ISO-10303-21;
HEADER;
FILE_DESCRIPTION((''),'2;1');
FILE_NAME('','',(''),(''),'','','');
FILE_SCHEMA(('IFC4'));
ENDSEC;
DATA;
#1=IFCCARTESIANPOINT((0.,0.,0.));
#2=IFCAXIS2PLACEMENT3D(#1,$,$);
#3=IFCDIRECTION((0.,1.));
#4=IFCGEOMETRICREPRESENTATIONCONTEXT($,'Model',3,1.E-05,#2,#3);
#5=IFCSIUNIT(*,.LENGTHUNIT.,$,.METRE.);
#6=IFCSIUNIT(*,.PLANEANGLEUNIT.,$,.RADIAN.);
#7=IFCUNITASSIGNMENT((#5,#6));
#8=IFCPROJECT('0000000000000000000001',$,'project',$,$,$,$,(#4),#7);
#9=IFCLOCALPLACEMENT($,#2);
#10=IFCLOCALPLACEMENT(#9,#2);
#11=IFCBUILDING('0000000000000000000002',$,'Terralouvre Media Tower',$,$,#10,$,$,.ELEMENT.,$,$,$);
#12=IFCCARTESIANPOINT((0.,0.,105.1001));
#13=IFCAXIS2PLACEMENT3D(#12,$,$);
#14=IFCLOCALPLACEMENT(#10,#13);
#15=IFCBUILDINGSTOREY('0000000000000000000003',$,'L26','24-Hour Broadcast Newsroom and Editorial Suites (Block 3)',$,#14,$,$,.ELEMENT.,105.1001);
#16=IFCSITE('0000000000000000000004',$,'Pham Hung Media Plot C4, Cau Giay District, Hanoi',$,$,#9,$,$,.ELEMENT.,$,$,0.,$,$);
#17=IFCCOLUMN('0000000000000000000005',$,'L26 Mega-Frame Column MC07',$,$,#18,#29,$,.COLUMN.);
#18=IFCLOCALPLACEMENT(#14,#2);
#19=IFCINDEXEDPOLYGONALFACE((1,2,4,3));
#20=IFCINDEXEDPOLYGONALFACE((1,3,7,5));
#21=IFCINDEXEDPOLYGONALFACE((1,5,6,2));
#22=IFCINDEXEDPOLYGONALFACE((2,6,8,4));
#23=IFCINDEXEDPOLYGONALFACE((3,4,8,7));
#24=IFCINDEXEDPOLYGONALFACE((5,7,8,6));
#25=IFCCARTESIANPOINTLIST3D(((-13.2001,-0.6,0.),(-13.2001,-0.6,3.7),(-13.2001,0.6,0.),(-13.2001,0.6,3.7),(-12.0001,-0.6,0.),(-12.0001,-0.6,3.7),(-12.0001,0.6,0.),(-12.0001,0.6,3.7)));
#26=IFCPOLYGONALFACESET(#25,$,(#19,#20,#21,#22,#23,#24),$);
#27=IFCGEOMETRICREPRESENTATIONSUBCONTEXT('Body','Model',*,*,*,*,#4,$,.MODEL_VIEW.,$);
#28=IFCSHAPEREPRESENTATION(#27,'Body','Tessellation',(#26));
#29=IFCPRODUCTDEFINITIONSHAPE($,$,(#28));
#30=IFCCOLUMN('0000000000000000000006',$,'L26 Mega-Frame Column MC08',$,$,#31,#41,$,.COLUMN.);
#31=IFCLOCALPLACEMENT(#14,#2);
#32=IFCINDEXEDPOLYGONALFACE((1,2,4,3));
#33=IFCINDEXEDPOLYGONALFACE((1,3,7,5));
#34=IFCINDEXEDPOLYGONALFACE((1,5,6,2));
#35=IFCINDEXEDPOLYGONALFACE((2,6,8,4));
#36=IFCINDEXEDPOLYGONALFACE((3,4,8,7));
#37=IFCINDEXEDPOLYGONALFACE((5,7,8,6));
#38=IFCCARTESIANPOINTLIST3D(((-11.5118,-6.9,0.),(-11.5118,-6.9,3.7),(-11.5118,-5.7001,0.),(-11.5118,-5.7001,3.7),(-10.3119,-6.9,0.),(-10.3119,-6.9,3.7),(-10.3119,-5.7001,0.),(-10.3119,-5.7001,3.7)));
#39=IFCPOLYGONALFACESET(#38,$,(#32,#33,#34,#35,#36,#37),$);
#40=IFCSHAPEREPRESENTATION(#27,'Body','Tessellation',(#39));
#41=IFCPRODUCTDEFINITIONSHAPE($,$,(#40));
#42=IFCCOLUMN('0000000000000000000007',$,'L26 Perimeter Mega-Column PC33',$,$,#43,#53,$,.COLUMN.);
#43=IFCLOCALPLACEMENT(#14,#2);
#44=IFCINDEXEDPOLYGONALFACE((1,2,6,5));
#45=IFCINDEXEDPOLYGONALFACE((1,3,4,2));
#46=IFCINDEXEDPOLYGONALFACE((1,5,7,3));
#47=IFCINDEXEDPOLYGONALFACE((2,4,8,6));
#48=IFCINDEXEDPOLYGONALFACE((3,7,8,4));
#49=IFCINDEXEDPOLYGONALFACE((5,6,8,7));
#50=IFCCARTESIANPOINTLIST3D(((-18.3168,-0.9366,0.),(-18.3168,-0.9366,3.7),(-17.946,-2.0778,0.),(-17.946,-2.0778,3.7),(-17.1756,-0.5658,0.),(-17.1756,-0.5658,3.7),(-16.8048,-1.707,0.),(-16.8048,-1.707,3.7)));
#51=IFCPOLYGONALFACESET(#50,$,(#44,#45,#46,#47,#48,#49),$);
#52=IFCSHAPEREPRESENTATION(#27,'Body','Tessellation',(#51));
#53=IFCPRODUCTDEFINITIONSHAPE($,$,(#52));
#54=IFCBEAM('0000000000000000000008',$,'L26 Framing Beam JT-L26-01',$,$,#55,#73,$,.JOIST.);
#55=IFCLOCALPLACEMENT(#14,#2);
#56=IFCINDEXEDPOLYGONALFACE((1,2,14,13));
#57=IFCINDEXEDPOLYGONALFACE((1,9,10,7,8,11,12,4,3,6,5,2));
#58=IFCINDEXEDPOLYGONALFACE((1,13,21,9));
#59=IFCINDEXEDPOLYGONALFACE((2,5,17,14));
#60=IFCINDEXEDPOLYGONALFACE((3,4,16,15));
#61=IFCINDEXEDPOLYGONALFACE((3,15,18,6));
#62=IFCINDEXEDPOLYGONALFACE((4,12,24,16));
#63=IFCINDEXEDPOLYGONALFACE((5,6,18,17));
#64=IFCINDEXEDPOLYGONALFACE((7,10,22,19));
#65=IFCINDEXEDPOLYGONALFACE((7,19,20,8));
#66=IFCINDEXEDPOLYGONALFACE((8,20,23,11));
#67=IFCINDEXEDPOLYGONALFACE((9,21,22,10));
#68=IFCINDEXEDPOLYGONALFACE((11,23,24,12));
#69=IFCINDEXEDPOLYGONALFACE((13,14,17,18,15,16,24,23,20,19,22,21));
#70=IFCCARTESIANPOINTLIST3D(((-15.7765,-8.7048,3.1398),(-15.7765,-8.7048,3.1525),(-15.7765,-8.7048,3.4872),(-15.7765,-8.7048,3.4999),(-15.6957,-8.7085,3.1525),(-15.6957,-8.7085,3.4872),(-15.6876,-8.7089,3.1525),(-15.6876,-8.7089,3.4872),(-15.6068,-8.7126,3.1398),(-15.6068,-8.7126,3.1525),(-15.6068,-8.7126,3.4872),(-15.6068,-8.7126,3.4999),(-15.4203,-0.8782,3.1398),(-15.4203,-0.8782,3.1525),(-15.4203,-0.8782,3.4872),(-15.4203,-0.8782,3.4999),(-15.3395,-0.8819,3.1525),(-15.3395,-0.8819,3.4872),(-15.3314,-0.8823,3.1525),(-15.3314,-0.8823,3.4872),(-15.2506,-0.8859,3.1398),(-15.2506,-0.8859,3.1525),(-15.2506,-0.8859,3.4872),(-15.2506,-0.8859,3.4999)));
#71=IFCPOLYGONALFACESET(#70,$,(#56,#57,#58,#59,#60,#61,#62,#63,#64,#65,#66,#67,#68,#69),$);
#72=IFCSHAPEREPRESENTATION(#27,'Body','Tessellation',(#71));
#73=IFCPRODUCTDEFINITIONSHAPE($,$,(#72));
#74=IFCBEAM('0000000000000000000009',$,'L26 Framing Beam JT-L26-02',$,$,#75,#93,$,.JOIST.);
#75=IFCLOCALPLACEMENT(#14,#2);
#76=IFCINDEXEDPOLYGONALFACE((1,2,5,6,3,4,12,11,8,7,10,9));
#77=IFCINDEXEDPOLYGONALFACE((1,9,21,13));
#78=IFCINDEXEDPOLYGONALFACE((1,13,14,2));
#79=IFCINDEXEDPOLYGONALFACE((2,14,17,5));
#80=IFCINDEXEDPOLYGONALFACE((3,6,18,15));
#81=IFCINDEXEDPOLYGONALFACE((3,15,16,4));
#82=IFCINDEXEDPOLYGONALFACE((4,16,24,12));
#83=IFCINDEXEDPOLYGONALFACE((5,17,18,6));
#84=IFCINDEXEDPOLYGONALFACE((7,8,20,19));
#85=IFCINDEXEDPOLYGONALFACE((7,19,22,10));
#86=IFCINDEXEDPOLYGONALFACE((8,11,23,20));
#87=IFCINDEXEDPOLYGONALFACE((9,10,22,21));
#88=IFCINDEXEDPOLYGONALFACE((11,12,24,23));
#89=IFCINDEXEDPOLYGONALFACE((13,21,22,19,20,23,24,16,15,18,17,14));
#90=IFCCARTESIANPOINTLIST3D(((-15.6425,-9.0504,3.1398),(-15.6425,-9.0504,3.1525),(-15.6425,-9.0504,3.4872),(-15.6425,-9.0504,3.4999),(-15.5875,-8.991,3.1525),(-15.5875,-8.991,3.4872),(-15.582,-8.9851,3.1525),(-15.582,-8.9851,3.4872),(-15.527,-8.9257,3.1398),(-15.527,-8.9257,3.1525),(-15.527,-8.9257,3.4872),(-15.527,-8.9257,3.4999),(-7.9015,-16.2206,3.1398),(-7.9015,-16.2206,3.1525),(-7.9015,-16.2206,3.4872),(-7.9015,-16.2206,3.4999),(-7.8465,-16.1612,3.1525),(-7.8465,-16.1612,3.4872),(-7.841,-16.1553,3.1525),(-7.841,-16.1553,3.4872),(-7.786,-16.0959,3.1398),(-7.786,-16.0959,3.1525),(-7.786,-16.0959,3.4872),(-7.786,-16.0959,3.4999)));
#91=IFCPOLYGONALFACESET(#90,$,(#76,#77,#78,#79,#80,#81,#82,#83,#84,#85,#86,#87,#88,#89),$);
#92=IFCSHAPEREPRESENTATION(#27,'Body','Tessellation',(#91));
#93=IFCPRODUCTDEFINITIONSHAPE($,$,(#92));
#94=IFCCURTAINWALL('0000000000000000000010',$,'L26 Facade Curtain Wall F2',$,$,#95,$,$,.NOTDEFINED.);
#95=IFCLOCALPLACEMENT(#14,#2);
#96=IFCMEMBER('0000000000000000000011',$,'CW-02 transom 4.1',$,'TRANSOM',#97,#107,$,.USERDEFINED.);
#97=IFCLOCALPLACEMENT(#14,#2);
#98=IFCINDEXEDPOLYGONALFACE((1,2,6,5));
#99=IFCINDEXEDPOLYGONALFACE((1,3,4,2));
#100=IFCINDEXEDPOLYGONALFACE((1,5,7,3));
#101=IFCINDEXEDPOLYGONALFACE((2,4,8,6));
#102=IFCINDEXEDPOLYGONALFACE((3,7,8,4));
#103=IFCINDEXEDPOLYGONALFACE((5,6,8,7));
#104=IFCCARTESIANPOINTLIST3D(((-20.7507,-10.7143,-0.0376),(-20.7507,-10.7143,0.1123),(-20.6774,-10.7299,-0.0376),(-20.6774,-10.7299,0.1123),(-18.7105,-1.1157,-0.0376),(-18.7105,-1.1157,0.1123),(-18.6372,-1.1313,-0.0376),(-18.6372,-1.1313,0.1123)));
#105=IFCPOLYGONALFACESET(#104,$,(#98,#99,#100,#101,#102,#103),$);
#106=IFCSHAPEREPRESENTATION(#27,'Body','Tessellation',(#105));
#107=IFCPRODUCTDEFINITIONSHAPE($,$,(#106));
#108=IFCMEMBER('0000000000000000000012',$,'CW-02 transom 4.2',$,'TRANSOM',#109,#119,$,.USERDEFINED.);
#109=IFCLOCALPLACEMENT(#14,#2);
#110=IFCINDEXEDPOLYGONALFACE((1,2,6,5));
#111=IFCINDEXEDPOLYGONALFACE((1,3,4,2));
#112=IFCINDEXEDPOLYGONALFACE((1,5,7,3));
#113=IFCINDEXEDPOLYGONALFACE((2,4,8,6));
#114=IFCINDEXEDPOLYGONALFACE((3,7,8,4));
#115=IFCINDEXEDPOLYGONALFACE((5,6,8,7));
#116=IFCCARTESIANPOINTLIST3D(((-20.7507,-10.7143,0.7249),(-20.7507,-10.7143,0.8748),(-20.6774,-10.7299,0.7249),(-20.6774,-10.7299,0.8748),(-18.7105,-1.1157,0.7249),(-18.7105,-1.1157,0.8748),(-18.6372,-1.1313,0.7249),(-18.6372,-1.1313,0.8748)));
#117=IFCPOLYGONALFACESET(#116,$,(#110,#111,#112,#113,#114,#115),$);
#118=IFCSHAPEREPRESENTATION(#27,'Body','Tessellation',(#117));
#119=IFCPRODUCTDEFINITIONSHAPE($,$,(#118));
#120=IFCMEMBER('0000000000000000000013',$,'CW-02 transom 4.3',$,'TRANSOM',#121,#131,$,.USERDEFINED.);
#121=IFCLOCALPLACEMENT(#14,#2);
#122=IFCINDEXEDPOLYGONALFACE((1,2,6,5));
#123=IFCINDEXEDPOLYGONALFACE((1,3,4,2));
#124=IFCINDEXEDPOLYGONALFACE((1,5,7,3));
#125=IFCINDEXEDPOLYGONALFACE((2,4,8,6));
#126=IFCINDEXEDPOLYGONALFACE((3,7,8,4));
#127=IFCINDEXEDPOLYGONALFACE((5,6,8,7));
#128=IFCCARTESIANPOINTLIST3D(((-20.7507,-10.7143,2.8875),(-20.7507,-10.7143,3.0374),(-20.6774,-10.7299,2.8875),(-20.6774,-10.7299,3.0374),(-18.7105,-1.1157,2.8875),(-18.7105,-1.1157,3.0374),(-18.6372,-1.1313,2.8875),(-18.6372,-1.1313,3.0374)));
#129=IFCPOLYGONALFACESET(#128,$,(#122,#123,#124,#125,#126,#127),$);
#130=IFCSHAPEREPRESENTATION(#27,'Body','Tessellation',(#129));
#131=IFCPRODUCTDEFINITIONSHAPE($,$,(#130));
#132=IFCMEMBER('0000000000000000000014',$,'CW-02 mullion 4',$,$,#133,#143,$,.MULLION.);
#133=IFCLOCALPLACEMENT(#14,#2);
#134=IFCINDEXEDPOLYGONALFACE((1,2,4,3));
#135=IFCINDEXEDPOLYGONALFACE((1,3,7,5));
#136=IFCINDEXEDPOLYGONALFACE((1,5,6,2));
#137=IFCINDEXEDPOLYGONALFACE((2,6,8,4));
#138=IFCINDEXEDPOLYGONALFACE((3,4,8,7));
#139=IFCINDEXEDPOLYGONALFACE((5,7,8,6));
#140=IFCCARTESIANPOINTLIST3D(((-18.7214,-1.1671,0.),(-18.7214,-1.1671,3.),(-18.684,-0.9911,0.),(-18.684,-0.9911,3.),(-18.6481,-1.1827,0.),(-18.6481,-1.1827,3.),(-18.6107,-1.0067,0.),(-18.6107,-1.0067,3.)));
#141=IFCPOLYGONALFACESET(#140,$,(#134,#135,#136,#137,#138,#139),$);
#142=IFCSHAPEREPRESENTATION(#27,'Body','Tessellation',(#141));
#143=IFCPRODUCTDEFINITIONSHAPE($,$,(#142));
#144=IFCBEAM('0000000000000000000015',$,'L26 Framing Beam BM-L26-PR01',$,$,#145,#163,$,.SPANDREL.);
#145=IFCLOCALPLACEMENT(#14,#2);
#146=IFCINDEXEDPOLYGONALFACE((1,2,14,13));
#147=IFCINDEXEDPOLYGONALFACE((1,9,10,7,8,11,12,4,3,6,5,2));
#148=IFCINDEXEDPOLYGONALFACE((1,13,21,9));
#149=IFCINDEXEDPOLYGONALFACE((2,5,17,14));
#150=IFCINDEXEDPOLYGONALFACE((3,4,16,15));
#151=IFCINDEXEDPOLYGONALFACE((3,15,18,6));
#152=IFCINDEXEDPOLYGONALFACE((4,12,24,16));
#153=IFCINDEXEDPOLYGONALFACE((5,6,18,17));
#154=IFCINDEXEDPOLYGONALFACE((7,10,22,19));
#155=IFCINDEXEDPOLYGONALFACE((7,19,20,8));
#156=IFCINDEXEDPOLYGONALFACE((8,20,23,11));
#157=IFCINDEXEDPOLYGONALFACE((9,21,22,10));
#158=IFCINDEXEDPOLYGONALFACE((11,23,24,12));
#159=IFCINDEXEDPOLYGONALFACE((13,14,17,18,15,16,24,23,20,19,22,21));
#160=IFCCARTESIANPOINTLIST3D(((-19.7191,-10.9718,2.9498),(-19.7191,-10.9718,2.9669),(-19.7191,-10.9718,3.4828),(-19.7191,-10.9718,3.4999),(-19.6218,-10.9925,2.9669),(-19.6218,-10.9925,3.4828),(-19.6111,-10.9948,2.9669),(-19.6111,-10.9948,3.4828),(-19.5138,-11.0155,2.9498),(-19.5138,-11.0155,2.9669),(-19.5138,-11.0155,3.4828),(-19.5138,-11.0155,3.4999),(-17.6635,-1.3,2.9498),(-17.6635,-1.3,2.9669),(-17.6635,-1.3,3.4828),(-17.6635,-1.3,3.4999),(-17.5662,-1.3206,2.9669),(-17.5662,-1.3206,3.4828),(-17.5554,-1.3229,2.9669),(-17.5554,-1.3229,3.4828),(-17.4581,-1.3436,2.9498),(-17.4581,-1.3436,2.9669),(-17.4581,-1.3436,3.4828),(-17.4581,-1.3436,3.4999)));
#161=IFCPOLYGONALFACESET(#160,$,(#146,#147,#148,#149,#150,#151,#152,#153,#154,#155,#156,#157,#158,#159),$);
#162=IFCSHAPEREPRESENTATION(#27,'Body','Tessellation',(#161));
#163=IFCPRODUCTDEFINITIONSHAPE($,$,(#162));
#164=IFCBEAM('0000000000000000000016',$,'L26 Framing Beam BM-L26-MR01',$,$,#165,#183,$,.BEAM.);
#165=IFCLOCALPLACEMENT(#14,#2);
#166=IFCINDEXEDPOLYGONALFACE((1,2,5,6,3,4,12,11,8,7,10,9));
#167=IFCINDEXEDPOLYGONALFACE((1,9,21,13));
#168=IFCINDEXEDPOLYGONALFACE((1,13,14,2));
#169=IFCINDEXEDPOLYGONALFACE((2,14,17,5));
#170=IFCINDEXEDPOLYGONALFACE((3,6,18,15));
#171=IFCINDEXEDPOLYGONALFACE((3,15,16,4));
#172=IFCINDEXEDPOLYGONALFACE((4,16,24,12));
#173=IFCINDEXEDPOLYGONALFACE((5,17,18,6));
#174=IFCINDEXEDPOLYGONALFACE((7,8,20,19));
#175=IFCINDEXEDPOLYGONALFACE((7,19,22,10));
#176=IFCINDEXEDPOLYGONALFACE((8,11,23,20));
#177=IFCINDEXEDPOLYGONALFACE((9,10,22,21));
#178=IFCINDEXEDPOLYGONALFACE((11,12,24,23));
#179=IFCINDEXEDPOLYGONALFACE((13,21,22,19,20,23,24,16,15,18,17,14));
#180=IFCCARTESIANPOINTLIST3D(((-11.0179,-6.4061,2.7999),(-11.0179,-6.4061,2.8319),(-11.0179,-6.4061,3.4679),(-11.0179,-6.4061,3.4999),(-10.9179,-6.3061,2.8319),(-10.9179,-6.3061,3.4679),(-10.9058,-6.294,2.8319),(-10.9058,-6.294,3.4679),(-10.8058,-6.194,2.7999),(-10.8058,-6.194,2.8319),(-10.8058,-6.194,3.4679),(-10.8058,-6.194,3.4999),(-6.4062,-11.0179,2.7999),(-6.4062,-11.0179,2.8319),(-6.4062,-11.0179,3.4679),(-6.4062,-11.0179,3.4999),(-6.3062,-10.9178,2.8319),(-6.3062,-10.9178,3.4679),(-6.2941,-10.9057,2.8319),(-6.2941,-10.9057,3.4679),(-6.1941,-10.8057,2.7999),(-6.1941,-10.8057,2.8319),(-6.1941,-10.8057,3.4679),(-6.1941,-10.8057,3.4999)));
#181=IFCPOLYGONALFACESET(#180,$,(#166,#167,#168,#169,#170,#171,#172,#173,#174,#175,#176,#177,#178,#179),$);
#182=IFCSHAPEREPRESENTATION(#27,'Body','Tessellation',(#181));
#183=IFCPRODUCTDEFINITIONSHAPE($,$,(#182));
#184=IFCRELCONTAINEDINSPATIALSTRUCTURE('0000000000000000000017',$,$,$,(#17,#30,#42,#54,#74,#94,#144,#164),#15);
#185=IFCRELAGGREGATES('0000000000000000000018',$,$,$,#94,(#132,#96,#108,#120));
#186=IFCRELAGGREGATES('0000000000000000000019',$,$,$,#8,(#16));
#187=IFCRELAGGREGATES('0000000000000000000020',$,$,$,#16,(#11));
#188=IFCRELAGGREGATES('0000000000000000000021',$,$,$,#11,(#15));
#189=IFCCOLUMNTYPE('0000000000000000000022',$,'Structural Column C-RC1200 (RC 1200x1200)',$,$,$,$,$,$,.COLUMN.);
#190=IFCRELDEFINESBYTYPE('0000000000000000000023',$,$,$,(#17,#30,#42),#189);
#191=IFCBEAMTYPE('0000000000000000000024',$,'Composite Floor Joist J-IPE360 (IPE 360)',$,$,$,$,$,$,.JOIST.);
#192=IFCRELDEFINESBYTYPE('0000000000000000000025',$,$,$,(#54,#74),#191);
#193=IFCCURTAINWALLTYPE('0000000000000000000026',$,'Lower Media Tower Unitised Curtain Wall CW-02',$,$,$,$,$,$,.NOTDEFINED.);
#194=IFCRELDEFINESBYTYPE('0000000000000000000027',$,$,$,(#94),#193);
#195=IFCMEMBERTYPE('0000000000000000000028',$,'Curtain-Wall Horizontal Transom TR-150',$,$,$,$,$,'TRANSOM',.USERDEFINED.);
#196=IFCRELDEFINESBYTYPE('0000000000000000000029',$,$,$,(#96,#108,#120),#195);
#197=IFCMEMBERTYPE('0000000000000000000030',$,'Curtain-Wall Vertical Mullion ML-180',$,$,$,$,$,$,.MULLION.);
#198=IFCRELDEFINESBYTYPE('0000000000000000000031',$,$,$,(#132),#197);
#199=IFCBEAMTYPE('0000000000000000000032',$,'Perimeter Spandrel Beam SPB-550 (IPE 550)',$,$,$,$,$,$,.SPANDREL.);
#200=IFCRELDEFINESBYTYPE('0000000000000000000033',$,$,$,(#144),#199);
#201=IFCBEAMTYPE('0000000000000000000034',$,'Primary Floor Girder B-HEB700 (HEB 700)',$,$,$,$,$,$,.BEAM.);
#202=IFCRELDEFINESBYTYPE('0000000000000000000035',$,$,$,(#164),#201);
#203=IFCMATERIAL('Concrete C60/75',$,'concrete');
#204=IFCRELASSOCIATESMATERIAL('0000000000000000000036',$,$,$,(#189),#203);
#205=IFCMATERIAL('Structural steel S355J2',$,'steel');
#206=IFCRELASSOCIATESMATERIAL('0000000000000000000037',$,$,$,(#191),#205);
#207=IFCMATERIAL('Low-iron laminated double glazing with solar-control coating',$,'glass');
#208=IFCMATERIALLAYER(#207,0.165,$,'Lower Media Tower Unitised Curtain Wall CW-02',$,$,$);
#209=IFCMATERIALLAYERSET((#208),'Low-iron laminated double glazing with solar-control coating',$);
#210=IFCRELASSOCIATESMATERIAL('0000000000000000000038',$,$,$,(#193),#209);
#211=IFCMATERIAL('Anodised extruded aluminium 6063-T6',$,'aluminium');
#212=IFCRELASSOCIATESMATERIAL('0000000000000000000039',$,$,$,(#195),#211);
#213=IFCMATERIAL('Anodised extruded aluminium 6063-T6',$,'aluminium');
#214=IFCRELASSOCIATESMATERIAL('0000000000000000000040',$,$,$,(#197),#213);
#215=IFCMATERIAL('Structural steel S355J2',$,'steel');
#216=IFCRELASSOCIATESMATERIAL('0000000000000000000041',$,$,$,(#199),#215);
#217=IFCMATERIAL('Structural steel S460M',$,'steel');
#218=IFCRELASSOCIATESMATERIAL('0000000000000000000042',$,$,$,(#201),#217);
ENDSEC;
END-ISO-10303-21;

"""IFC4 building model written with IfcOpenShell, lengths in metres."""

from ifc_helpers import new_model, si_unit, direction, frame, origin, origin_2d, place, context, subcontext, project, spatial, rectangle, i_section, extrude, material, layer, layer_set, material_profile, profile_set, type_object, element, aggregate, save


model = new_model("IFC4")

# Units and contexts
model_context = context("Model", 3, precision=1e-05, world=origin(), true_north=direction((0.0, 1.0)))
body_context = subcontext(model_context, "Body", "Model", "MODEL_VIEW")
ifc_project = project(units=[si_unit("LENGTHUNIT", "METRE"), si_unit("PLANEANGLEUNIT", "RADIAN")], contexts=[model_context])

# Site, building, storey
site_placement = place(None, origin())
site = spatial("IfcSite", under=ifc_project, at=site_placement, Name="Pham Hung Media Plot C4, Cau Giay District, Hanoi", CompositionType="ELEMENT", RefElevation=0.0)
building_placement = place(site_placement, origin())
building = spatial("IfcBuilding", under=site, at=building_placement, Name="Terralouvre Media Tower", CompositionType="ELEMENT")
storey_placement = place(building_placement, frame((0.0, 0.0, 105.1001)))
storey = spatial("IfcBuildingStorey", under=building, at=storey_placement, Name="L26", Description="24-Hour Broadcast Newsroom and Editorial Suites (Block 3)", CompositionType="ELEMENT", Elevation=105.1001)

# Columns
ifc_material_1 = material(Name="Concrete C60/75", Category="concrete")
ifc_material_profile_1 = material_profile(ifc_material_1, rectangle(XDim=1.2, YDim=1.2, at=origin_2d()), Name="RC 1200x1200")
ifc_profile_set_1 = profile_set([ifc_material_profile_1], Name="Concrete C60/75")
column_type = type_object("IfcColumnType", Name="Structural Column C-RC1200 (RC 1200x1200)", PredefinedType="COLUMN", material=ifc_profile_set_1)
for number, where, z_axis, x_axis, name in (
    (1, (-12.6001, 0.0, 0.0), (0.0, 0.0, 1.0), (1.0, 0.0, 0.0), "L26 Mega-Frame Column MC07"),
    (2, (-10.9119, -6.3, 0.0), (0.0, 0.0, 1.0), (1.0, 0.0, 0.0), "L26 Mega-Frame Column MC08"),
    (3, (-17.5608, -1.3218, 0.0), (0.0, 0.0, 1.0), (0.951057, 0.309017, 0.0), "L26 Perimeter Mega-Column PC33"),
):
    element("IfcColumn", number, at=place(storey_placement, frame(where, z_axis=z_axis, x_axis=x_axis)), inside=storey, type_object=column_type, Name=name, PredefinedType="COLUMN", context=body_context, shape_type="SweptSolid", body=[
        extrude(rectangle(XDim=1.2, YDim=1.2, at=origin_2d()), origin(), (0.0, 0.0, 1.0), 3.7),
    ])

# Beams
ifc_material_2 = material(Name="Structural steel S355J2", Category="steel")
ifc_material_profile_2 = material_profile(ifc_material_2, i_section(OverallWidth=0.1699, OverallDepth=0.3601, WebThickness=0.0081, FlangeThickness=0.0127, at=origin_2d()), Name="IPE 360")
ifc_profile_set_2 = profile_set([ifc_material_profile_2], Name="Structural steel S355J2")
beam_type_1 = type_object("IfcBeamType", Name="Composite Floor Joist J-IPE360 (IPE 360)", PredefinedType="JOIST", material=ifc_profile_set_2)
beam_1_placement = place(storey_placement, frame((-15.3354, -0.8821, 3.3198), z_axis=(-0.045464, -0.998966, 0.0), x_axis=(0.998966, -0.045464, 0.0)))
element("IfcBeam", 4, at=beam_1_placement, inside=storey, type_object=beam_type_1, Name="L26 Framing Beam JT-L26-01", PredefinedType="JOIST", context=body_context, shape_type="SweptSolid", body=[
    extrude(i_section(OverallWidth=0.1699, OverallDepth=0.3601, WebThickness=0.0081, FlangeThickness=0.0127, at=origin_2d()), origin(), (0.0, 0.0, 1.0), 7.8347),
])
beam_2_placement = place(storey_placement, frame((-15.5847, -8.988, 3.3198), z_axis=(0.733638, -0.679541, 0.0), x_axis=(0.679541, 0.733638, 0.0)))
element("IfcBeam", 5, at=beam_2_placement, inside=storey, type_object=beam_type_1, Name="L26 Framing Beam JT-L26-02", PredefinedType="JOIST", context=body_context, shape_type="SweptSolid", body=[
    extrude(i_section(OverallWidth=0.1699, OverallDepth=0.3601, WebThickness=0.0081, FlangeThickness=0.0127, at=origin_2d()), origin(), (0.0, 0.0, 1.0), 10.5515),
])

# Curtain wall, members
ifc_material_3 = material(Name="Low-iron laminated double glazing with solar-control coating", Category="glass")
ifc_layer_1 = layer(ifc_material_3, 0.165, Name="Lower Media Tower Unitised Curtain Wall CW-02")
ifc_layer_set_1 = layer_set([ifc_layer_1], Name="Low-iron laminated double glazing with solar-control coating")
curtain_wall_type = type_object("IfcCurtainWallType", Name="Lower Media Tower Unitised Curtain Wall CW-02", PredefinedType="NOTDEFINED", material=ifc_layer_set_1)
curtain_wall_placement = place(storey_placement, origin())
curtain_wall = element("IfcCurtainWall", 6, at=curtain_wall_placement, inside=storey, type_object=curtain_wall_type, Name="L26 Facade Curtain Wall F2", PredefinedType="NOTDEFINED")
ifc_material_4 = material(Name="Anodised extruded aluminium 6063-T6", Category="aluminium")
ifc_material_profile_3 = material_profile(ifc_material_4, rectangle(XDim=0.075, YDim=0.1499, at=origin_2d()), Name="ALU 75x150")
ifc_profile_set_3 = profile_set([ifc_material_profile_3], Name="Anodised extruded aluminium 6063-T6")
member_type_1 = type_object("IfcMemberType", Name="Curtain-Wall Horizontal Transom TR-150", ElementType="TRANSOM", PredefinedType="USERDEFINED", material=ifc_profile_set_3)
member_1_placement = place(storey_placement, frame((-18.6738, -1.1235, 0.0374), z_axis=(-0.207915, -0.978147, 0.0), x_axis=(0.978147, -0.207915, 0.0)))
member_1 = element("IfcMember", 7, at=member_1_placement, type_object=member_type_1, Name="CW-02 transom 4.1", ObjectType="TRANSOM", PredefinedType="USERDEFINED", context=body_context, shape_type="SweptSolid", body=[
    extrude(rectangle(XDim=0.075, YDim=0.1499, at=origin_2d()), origin(), (0.0, 0.0, 1.0), 9.813),
])
member_2_placement = place(storey_placement, frame((-18.6738, -1.1235, 0.7998), z_axis=(-0.207915, -0.978147, 0.0), x_axis=(0.978147, -0.207915, 0.0)))
member_2 = element("IfcMember", 8, at=member_2_placement, type_object=member_type_1, Name="CW-02 transom 4.2", ObjectType="TRANSOM", PredefinedType="USERDEFINED", context=body_context, shape_type="SweptSolid", body=[
    extrude(rectangle(XDim=0.075, YDim=0.1499, at=origin_2d()), origin(), (0.0, 0.0, 1.0), 9.813),
])
member_3_placement = place(storey_placement, frame((-18.6738, -1.1235, 2.9624), z_axis=(-0.207915, -0.978147, 0.0), x_axis=(0.978147, -0.207915, 0.0)))
member_3 = element("IfcMember", 9, at=member_3_placement, type_object=member_type_1, Name="CW-02 transom 4.3", ObjectType="TRANSOM", PredefinedType="USERDEFINED", context=body_context, shape_type="SweptSolid", body=[
    extrude(rectangle(XDim=0.075, YDim=0.1499, at=origin_2d()), origin(), (0.0, 0.0, 1.0), 9.813),
])
ifc_material_5 = material(Name="Anodised extruded aluminium 6063-T6", Category="aluminium")
ifc_material_profile_4 = material_profile(ifc_material_5, rectangle(XDim=0.075, YDim=0.1799, at=origin_2d()), Name="ALU 75x180")
ifc_profile_set_4 = profile_set([ifc_material_profile_4], Name="Anodised extruded aluminium 6063-T6")
member_type_2 = type_object("IfcMemberType", Name="Curtain-Wall Vertical Mullion ML-180", PredefinedType="MULLION", material=ifc_profile_set_4)
member_4_placement = place(storey_placement, frame((-18.666, -1.0869, 0.0), z_axis=(0.0, 0.0, 1.0), x_axis=(0.978148, -0.207912, 0.0)))
member_4 = element("IfcMember", 10, at=member_4_placement, type_object=member_type_2, Name="CW-02 mullion 4", PredefinedType="MULLION", context=body_context, shape_type="SweptSolid", body=[
    extrude(rectangle(XDim=0.075, YDim=0.1799, at=origin_2d()), origin(), (0.0, 0.0, 1.0), 3.0),
])

# Beams
ifc_material_6 = material(Name="Structural steel S355J2", Category="steel")
ifc_material_profile_5 = material_profile(ifc_material_6, i_section(OverallWidth=0.21, OverallDepth=0.55, WebThickness=0.011, FlangeThickness=0.0171, at=origin_2d()), Name="IPE 550")
ifc_profile_set_5 = profile_set([ifc_material_profile_5], Name="Structural steel S355J2")
beam_type_2 = type_object("IfcBeamType", Name="Perimeter Spandrel Beam SPB-550 (IPE 550)", PredefinedType="SPANDREL", material=ifc_profile_set_5)
beam_3_placement = place(storey_placement, frame((-17.5608, -1.3218, 3.2249), z_axis=(-0.207897, -0.978151, 0.0), x_axis=(0.978151, -0.207897, 0.0)))
element("IfcBeam", 11, at=beam_3_placement, inside=storey, type_object=beam_type_2, Name="L26 Framing Beam BM-L26-PR01", PredefinedType="SPANDREL", context=body_context, shape_type="SweptSolid", body=[
    extrude(i_section(OverallWidth=0.21, OverallDepth=0.55, WebThickness=0.011, FlangeThickness=0.0171, at=origin_2d()), origin(), (0.0, 0.0, 1.0), 9.8879),
])
ifc_material_7 = material(Name="Structural steel S460M", Category="steel")
ifc_material_profile_6 = material_profile(ifc_material_7, i_section(OverallWidth=0.3, OverallDepth=0.7, WebThickness=0.0171, FlangeThickness=0.032, at=origin_2d()), Name="HEB 700")
ifc_profile_set_6 = profile_set([ifc_material_profile_6], Name="Structural steel S460M")
beam_type_3 = type_object("IfcBeamType", Name="Primary Floor Girder B-HEB700 (HEB 700)", PredefinedType="BEAM", material=ifc_profile_set_6)
beam_4_placement = place(storey_placement, frame((-10.9119, -6.3, 3.1499), z_axis=(0.707107, -0.707107, 0.0), x_axis=(0.707107, 0.707107, 0.0)))
element("IfcBeam", 12, at=beam_4_placement, inside=storey, type_object=beam_type_3, Name="L26 Framing Beam BM-L26-MR01", PredefinedType="BEAM", context=body_context, shape_type="SweptSolid", body=[
    extrude(i_section(OverallWidth=0.3, OverallDepth=0.7, WebThickness=0.0171, FlangeThickness=0.032, at=origin_2d()), origin(), (0.0, 0.0, 1.0), 6.522),
])

aggregate(curtain_wall, [member_4, member_1, member_2, member_3])

save(model, "model.ifc")
